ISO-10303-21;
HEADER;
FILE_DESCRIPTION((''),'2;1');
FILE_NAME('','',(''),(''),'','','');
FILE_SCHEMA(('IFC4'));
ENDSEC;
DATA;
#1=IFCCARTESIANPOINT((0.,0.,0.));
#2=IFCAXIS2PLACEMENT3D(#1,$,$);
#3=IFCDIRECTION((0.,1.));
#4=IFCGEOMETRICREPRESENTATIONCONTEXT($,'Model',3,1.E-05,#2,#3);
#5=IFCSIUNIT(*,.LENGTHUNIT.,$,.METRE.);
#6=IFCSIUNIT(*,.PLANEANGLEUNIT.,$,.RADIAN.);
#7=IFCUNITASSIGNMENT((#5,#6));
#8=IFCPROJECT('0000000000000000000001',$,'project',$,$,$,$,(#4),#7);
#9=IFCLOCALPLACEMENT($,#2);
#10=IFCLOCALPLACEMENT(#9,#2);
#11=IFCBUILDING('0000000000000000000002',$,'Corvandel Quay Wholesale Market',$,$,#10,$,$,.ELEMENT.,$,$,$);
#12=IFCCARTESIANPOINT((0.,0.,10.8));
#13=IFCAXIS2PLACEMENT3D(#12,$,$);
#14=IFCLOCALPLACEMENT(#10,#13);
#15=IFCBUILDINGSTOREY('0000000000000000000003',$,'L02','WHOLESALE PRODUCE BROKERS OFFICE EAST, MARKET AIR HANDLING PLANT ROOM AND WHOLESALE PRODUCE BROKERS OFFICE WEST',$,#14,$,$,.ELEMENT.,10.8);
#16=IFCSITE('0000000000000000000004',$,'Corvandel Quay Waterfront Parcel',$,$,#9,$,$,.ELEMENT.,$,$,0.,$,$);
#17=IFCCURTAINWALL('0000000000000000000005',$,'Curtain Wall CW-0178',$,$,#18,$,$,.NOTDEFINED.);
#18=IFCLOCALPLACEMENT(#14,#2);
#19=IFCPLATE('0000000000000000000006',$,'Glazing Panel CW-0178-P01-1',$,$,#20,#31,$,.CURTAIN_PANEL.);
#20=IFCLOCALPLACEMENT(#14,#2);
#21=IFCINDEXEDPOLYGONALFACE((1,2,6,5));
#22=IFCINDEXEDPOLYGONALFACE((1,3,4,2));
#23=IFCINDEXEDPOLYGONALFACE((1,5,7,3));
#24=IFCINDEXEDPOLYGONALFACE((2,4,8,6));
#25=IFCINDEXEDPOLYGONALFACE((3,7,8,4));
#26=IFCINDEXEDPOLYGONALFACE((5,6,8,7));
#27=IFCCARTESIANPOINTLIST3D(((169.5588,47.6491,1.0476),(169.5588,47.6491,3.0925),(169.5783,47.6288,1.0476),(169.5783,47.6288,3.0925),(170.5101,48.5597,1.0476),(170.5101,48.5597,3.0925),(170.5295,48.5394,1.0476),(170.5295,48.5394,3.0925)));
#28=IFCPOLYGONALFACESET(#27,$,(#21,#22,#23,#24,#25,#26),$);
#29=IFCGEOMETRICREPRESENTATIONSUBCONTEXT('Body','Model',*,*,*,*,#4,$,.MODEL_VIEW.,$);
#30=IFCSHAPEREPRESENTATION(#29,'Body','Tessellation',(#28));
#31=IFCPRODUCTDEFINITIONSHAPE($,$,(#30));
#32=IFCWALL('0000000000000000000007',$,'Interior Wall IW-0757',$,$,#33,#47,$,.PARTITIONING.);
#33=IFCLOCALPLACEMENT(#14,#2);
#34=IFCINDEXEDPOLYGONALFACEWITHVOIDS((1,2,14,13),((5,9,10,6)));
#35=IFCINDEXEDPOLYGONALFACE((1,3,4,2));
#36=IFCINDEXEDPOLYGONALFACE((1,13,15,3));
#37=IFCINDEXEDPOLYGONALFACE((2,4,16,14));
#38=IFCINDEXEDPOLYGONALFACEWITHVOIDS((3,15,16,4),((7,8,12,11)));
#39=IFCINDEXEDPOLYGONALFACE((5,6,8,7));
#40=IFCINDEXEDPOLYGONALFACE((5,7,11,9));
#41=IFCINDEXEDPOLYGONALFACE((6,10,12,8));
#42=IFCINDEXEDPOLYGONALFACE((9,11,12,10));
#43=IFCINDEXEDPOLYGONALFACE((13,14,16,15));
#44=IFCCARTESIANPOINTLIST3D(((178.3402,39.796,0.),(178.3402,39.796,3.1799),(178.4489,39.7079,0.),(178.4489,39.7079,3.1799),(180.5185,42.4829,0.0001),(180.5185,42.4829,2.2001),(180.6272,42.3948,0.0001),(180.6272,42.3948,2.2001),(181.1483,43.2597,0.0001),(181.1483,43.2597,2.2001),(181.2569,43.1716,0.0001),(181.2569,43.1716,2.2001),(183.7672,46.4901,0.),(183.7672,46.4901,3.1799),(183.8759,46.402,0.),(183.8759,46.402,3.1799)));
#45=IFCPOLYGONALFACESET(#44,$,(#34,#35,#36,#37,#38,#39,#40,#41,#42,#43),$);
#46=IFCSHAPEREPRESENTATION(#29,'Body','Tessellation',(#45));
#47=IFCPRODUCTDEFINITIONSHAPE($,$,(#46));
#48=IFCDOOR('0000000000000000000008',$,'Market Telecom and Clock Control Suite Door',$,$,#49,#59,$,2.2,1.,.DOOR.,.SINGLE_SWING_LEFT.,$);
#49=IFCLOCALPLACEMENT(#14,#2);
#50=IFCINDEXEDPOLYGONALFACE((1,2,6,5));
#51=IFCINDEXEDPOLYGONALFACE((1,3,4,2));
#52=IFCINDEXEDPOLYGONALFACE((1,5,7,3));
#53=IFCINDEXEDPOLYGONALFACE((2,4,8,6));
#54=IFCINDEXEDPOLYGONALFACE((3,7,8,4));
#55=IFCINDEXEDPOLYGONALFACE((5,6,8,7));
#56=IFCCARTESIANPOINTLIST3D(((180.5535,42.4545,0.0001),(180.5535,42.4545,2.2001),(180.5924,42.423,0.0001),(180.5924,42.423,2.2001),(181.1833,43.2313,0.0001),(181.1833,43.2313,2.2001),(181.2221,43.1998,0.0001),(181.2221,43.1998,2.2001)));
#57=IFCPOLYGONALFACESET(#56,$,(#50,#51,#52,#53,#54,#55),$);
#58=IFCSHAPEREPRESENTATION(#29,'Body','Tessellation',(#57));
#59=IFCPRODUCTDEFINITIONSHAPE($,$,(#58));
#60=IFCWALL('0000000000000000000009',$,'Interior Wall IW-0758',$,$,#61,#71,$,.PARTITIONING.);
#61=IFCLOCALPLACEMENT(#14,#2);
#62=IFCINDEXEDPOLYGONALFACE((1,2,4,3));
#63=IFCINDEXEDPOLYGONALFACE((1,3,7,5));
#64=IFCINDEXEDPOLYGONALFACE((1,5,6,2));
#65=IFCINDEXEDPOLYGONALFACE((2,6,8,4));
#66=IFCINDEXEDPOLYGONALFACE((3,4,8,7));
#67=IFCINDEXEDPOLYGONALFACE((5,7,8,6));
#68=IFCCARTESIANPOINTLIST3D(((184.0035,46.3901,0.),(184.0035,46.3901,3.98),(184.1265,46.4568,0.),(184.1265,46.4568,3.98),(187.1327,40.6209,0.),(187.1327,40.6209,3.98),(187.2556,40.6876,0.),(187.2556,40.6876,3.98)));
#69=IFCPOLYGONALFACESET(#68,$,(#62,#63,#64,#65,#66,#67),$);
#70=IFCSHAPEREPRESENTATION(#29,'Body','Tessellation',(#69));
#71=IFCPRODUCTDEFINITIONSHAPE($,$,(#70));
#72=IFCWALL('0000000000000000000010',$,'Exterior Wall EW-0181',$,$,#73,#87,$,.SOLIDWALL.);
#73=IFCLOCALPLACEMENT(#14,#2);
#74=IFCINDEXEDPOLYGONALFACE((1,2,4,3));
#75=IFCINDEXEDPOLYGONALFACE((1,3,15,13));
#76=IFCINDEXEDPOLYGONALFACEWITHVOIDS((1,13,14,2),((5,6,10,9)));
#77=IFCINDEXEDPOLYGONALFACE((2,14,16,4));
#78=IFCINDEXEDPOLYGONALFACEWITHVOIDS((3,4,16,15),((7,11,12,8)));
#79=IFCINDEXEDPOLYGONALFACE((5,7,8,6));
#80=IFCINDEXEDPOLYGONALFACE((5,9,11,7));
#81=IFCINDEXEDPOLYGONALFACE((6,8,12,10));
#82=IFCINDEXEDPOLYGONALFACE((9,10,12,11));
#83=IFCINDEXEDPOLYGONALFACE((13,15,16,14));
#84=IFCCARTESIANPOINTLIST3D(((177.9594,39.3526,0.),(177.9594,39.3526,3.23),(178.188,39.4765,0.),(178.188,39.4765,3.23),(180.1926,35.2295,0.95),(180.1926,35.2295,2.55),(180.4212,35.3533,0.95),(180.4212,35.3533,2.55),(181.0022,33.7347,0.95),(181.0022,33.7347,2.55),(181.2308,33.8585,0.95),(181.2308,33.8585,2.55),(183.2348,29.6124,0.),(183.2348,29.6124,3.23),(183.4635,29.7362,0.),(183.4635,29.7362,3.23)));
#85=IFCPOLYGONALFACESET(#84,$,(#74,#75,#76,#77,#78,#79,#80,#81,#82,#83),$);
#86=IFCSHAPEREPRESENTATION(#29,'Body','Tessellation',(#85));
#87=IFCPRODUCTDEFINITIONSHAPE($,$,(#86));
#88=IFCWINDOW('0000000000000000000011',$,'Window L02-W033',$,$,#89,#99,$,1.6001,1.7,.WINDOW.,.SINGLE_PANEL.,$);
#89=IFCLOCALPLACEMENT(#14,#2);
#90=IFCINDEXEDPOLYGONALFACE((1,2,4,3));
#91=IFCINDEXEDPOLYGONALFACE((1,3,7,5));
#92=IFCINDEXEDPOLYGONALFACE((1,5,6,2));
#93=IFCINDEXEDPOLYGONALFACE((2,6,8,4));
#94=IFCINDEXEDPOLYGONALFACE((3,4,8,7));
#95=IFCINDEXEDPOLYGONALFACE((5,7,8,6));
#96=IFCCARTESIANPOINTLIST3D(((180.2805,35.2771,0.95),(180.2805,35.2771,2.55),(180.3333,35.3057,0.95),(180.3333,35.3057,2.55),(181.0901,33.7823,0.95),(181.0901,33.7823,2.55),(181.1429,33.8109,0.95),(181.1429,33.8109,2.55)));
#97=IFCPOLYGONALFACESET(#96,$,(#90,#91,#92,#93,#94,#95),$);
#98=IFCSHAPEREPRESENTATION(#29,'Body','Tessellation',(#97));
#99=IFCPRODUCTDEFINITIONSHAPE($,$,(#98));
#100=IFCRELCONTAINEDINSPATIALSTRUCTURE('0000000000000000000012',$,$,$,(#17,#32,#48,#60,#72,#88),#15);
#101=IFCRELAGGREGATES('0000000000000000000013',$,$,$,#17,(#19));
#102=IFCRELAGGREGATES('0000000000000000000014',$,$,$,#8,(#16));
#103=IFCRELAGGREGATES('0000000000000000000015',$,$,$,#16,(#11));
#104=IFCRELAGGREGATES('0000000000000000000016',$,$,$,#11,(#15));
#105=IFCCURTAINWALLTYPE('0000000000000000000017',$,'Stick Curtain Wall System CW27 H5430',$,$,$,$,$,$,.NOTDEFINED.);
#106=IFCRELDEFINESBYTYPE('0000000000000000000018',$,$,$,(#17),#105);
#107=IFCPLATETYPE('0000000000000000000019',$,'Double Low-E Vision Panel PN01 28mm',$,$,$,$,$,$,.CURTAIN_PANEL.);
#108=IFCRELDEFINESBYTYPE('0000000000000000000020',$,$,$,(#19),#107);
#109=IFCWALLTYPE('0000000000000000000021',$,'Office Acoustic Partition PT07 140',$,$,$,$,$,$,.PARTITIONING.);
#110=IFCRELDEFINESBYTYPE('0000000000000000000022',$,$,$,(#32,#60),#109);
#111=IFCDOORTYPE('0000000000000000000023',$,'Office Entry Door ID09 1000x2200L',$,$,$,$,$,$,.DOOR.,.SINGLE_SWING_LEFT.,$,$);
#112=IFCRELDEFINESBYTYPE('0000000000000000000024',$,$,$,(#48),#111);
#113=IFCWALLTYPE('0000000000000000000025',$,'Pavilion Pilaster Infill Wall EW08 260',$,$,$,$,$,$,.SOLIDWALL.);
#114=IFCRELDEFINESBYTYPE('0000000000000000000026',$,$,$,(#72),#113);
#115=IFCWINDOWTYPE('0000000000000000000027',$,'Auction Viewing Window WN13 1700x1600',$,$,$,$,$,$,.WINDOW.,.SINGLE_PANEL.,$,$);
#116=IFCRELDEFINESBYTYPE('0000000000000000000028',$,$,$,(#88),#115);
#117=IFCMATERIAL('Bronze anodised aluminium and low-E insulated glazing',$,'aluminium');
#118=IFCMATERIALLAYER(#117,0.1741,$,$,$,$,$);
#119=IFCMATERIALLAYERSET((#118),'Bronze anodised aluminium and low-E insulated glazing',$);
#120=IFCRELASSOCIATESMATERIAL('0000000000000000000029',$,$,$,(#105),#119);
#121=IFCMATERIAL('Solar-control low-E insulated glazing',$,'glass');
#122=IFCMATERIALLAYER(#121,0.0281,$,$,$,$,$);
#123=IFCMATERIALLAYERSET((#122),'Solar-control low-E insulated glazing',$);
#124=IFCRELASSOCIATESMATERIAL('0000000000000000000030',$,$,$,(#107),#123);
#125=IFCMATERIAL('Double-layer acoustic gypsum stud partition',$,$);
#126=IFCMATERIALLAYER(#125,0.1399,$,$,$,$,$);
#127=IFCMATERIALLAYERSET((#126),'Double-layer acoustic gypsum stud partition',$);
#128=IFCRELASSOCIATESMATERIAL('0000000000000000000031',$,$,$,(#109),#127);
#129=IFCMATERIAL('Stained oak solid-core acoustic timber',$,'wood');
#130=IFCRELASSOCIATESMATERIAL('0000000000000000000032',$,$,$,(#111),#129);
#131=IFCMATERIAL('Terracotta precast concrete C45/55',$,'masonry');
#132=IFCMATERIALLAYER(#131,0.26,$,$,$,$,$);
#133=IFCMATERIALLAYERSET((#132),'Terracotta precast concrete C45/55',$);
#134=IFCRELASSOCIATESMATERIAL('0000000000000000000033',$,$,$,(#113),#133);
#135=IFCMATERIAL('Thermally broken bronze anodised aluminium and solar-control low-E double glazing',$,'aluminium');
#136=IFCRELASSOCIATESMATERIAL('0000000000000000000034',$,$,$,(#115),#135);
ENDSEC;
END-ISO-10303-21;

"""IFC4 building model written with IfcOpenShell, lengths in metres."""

from ifc_helpers import new_model, si_unit, direction, frame, frame_2d, origin, origin_2d, place, context, subcontext, project, spatial, rectangle, extrude, material, layer, layer_set, type_object, element, fill, aggregate, save


model = new_model("IFC4")

# Units and contexts
model_context = context("Model", 3, precision=1e-05, world=origin(), true_north=direction((0.0, 1.0)))
body_context = subcontext(model_context, "Body", "Model", "MODEL_VIEW")
ifc_project = project(units=[si_unit("LENGTHUNIT", "METRE"), si_unit("PLANEANGLEUNIT", "RADIAN")], contexts=[model_context])

# Site, building, storey
site_placement = place(None, origin())
site = spatial("IfcSite", under=ifc_project, at=site_placement, Name="Corvandel Quay Waterfront Parcel", CompositionType="ELEMENT", RefElevation=0.0)
building_placement = place(site_placement, origin())
building = spatial("IfcBuilding", under=site, at=building_placement, Name="Corvandel Quay Wholesale Market", CompositionType="ELEMENT")
storey_placement = place(building_placement, frame((0.0, 0.0, 10.8)))
storey = spatial("IfcBuildingStorey", under=building, at=storey_placement, Name="L02", Description="WHOLESALE PRODUCE BROKERS OFFICE EAST, MARKET AIR HANDLING PLANT ROOM AND WHOLESALE PRODUCE BROKERS OFFICE WEST", CompositionType="ELEMENT", Elevation=10.8)

# Curtain wall
ifc_material_1 = material(Name="Bronze anodised aluminium and low-E insulated glazing", Category="aluminium")
ifc_layer_1 = layer(ifc_material_1, 0.1741)
ifc_layer_set_1 = layer_set([ifc_layer_1], Name="Bronze anodised aluminium and low-E insulated glazing")
curtain_wall_type = type_object("IfcCurtainWallType", Name="Stick Curtain Wall System CW27 H5430", PredefinedType="NOTDEFINED", material=ifc_layer_set_1)
curtain_wall_placement = place(storey_placement, origin())
curtain_wall = element("IfcCurtainWall", 1, at=curtain_wall_placement, inside=storey, type_object=curtain_wall_type, Name="Curtain Wall CW-0178", PredefinedType="NOTDEFINED")

# Plate
ifc_material_2 = material(Name="Solar-control low-E insulated glazing", Category="glass")
ifc_layer_2 = layer(ifc_material_2, 0.0281)
ifc_layer_set_2 = layer_set([ifc_layer_2], Name="Solar-control low-E insulated glazing")
plate_type_1 = type_object("IfcPlateType", Name="Double Low-E Vision Panel PN01 28mm", PredefinedType="CURTAIN_PANEL", material=ifc_layer_set_2)
plate_1_placement = place(storey_placement, frame((170.0442, 48.0942, 1.0476), z_axis=(0.0, 0.0, 1.0), x_axis=(0.722364, 0.691513, 0.0)))
plate_1 = element("IfcPlate", 2, at=plate_1_placement, type_object=plate_type_1, Name="Glazing Panel CW-0178-P01-1", PredefinedType="CURTAIN_PANEL", context=body_context, shape_type="SweptSolid", body=[
    extrude(rectangle(XDim=1.3169, YDim=0.0281, at=origin_2d()), origin(), (0.0, 0.0, 1.0), 2.0449),
])
aggregate(curtain_wall, [plate_1])

# Wall, opening, door
ifc_material_3 = material(Name="Double-layer acoustic gypsum stud partition")
ifc_layer_3 = layer(ifc_material_3, 0.1399)
ifc_layer_set_3 = layer_set([ifc_layer_3], Name="Double-layer acoustic gypsum stud partition")
wall_type_1 = type_object("IfcWallType", Name="Office Acoustic Partition PT07 140", PredefinedType="PARTITIONING", material=ifc_layer_set_3)
wall_1_placement = place(storey_placement, frame((178.3945, 39.752, 0.0), z_axis=(0.0, 0.0, 1.0), x_axis=(0.629757, 0.776792, 0.0)))
wall_1 = element("IfcWall", 3, at=wall_1_placement, inside=storey, type_object=wall_type_1, Name="Interior Wall IW-0757", PredefinedType="PARTITIONING", context=body_context, shape_type="SweptSolid", body=[
    extrude(rectangle(XDim=8.6177, YDim=0.1399, at=frame_2d((4.3088, 0.0))), origin(), (0.0, 0.0, 1.0), 3.1799),
])
opening_1_placement = place(wall_1_placement, frame((3.459, 0.0, 0.0)))
opening_1 = element("IfcOpeningElement", 4, at=opening_1_placement, cuts=wall_1, PredefinedType="OPENING", context=body_context, shape_type="SweptSolid", body=[
    extrude(rectangle(XDim=1.0, YDim=2.2, at=frame_2d((0.5, 1.1001))), frame((0.0, 0.0798, 0.0), z_axis=(0.0, -1.0, 0.0), x_axis=(1.0, 0.0, 0.0)), (0.0, 0.0, 1.0), 0.1599),
])
ifc_material_4 = material(Name="Stained oak solid-core acoustic timber", Category="wood")
door_type = type_object("IfcDoorType", Name="Office Entry Door ID09 1000x2200L", OperationType="SINGLE_SWING_LEFT", PredefinedType="DOOR", material=ifc_material_4)
door_placement = place(opening_1_placement, origin())
door = element("IfcDoor", 5, at=door_placement, inside=storey, type_object=door_type, Name="Market Telecom and Clock Control Suite Door", OperationType="SINGLE_SWING_LEFT", OverallHeight=2.2, OverallWidth=1.0, PredefinedType="DOOR", context=body_context, shape_type="SweptSolid", body=[
    extrude(rectangle(XDim=1.0, YDim=2.2, at=frame_2d((0.5, 1.1001))), frame((0.0, 0.0249, 0.0), z_axis=(0.0, -1.0, 0.0), x_axis=(1.0, 0.0, 0.0)), (0.0, 0.0, 1.0), 0.05),
])
fill(opening_1, door)

# Wall
wall_2_placement = place(storey_placement, frame((184.0649, 46.4236, 0.0), z_axis=(0.0, 0.0, 1.0), x_axis=(0.476768, -0.879029, 0.0)))
element("IfcWall", 6, at=wall_2_placement, inside=storey, type_object=wall_type_1, Name="Interior Wall IW-0758", PredefinedType="PARTITIONING", context=body_context, shape_type="SweptSolid", body=[
    extrude(rectangle(XDim=6.5632, YDim=0.1399, at=frame_2d((3.2817, 0.0))), origin(), (0.0, 0.0, 1.0), 3.98),
])

# Wall, opening, window
ifc_material_5 = material(Name="Terracotta precast concrete C45/55", Category="masonry")
ifc_layer_4 = layer(ifc_material_5, 0.26)
ifc_layer_set_4 = layer_set([ifc_layer_4], Name="Terracotta precast concrete C45/55")
wall_type_2 = type_object("IfcWallType", Name="Pavilion Pilaster Infill Wall EW08 260", PredefinedType="SOLIDWALL", material=ifc_layer_set_4)
wall_3_placement = place(storey_placement, frame((178.0737, 39.4146, 0.0), z_axis=(0.0, 0.0, 1.0), x_axis=(0.476243, -0.879314, 0.0)))
wall_3 = element("IfcWall", 7, at=wall_3_placement, inside=storey, type_object=wall_type_2, Name="Exterior Wall EW-0181", PredefinedType="SOLIDWALL", context=body_context, shape_type="SweptSolid", body=[
    extrude(rectangle(XDim=11.0771, YDim=0.26, at=frame_2d((5.5386, 0.0))), origin(), (0.0, 0.0, 1.0), 3.23),
])
opening_2_placement = place(wall_3_placement, frame((4.689, 0.0, 0.95)))
opening_2 = element("IfcOpeningElement", 8, at=opening_2_placement, cuts=wall_3, PredefinedType="OPENING", context=body_context, shape_type="SweptSolid", body=[
    extrude(rectangle(XDim=1.7, YDim=1.6001, at=frame_2d((0.8501, 0.8))), frame((0.0, 0.1399, 0.0), z_axis=(0.0, -1.0, 0.0), x_axis=(1.0, 0.0, 0.0)), (0.0, 0.0, 1.0), 0.28),
])
ifc_material_6 = material(Name="Thermally broken bronze anodised aluminium and solar-control low-E double glazing", Category="aluminium")
window_type = type_object("IfcWindowType", Name="Auction Viewing Window WN13 1700x1600", PartitioningType="SINGLE_PANEL", PredefinedType="WINDOW", material=ifc_material_6)
window_placement = place(opening_2_placement, origin())
window = element("IfcWindow", 9, at=window_placement, inside=storey, type_object=window_type, Name="Window L02-W033", OverallHeight=1.6001, OverallWidth=1.7, PartitioningType="SINGLE_PANEL", PredefinedType="WINDOW", context=body_context, shape_type="SweptSolid", body=[
    extrude(rectangle(XDim=1.7, YDim=1.6001, at=frame_2d((0.8501, 0.8))), frame((0.0, 0.03, 0.0), z_axis=(0.0, -1.0, 0.0), x_axis=(1.0, 0.0, 0.0)), (0.0, 0.0, 1.0), 0.0601),
])
fill(opening_2, window)

save(model, "model.ifc")
